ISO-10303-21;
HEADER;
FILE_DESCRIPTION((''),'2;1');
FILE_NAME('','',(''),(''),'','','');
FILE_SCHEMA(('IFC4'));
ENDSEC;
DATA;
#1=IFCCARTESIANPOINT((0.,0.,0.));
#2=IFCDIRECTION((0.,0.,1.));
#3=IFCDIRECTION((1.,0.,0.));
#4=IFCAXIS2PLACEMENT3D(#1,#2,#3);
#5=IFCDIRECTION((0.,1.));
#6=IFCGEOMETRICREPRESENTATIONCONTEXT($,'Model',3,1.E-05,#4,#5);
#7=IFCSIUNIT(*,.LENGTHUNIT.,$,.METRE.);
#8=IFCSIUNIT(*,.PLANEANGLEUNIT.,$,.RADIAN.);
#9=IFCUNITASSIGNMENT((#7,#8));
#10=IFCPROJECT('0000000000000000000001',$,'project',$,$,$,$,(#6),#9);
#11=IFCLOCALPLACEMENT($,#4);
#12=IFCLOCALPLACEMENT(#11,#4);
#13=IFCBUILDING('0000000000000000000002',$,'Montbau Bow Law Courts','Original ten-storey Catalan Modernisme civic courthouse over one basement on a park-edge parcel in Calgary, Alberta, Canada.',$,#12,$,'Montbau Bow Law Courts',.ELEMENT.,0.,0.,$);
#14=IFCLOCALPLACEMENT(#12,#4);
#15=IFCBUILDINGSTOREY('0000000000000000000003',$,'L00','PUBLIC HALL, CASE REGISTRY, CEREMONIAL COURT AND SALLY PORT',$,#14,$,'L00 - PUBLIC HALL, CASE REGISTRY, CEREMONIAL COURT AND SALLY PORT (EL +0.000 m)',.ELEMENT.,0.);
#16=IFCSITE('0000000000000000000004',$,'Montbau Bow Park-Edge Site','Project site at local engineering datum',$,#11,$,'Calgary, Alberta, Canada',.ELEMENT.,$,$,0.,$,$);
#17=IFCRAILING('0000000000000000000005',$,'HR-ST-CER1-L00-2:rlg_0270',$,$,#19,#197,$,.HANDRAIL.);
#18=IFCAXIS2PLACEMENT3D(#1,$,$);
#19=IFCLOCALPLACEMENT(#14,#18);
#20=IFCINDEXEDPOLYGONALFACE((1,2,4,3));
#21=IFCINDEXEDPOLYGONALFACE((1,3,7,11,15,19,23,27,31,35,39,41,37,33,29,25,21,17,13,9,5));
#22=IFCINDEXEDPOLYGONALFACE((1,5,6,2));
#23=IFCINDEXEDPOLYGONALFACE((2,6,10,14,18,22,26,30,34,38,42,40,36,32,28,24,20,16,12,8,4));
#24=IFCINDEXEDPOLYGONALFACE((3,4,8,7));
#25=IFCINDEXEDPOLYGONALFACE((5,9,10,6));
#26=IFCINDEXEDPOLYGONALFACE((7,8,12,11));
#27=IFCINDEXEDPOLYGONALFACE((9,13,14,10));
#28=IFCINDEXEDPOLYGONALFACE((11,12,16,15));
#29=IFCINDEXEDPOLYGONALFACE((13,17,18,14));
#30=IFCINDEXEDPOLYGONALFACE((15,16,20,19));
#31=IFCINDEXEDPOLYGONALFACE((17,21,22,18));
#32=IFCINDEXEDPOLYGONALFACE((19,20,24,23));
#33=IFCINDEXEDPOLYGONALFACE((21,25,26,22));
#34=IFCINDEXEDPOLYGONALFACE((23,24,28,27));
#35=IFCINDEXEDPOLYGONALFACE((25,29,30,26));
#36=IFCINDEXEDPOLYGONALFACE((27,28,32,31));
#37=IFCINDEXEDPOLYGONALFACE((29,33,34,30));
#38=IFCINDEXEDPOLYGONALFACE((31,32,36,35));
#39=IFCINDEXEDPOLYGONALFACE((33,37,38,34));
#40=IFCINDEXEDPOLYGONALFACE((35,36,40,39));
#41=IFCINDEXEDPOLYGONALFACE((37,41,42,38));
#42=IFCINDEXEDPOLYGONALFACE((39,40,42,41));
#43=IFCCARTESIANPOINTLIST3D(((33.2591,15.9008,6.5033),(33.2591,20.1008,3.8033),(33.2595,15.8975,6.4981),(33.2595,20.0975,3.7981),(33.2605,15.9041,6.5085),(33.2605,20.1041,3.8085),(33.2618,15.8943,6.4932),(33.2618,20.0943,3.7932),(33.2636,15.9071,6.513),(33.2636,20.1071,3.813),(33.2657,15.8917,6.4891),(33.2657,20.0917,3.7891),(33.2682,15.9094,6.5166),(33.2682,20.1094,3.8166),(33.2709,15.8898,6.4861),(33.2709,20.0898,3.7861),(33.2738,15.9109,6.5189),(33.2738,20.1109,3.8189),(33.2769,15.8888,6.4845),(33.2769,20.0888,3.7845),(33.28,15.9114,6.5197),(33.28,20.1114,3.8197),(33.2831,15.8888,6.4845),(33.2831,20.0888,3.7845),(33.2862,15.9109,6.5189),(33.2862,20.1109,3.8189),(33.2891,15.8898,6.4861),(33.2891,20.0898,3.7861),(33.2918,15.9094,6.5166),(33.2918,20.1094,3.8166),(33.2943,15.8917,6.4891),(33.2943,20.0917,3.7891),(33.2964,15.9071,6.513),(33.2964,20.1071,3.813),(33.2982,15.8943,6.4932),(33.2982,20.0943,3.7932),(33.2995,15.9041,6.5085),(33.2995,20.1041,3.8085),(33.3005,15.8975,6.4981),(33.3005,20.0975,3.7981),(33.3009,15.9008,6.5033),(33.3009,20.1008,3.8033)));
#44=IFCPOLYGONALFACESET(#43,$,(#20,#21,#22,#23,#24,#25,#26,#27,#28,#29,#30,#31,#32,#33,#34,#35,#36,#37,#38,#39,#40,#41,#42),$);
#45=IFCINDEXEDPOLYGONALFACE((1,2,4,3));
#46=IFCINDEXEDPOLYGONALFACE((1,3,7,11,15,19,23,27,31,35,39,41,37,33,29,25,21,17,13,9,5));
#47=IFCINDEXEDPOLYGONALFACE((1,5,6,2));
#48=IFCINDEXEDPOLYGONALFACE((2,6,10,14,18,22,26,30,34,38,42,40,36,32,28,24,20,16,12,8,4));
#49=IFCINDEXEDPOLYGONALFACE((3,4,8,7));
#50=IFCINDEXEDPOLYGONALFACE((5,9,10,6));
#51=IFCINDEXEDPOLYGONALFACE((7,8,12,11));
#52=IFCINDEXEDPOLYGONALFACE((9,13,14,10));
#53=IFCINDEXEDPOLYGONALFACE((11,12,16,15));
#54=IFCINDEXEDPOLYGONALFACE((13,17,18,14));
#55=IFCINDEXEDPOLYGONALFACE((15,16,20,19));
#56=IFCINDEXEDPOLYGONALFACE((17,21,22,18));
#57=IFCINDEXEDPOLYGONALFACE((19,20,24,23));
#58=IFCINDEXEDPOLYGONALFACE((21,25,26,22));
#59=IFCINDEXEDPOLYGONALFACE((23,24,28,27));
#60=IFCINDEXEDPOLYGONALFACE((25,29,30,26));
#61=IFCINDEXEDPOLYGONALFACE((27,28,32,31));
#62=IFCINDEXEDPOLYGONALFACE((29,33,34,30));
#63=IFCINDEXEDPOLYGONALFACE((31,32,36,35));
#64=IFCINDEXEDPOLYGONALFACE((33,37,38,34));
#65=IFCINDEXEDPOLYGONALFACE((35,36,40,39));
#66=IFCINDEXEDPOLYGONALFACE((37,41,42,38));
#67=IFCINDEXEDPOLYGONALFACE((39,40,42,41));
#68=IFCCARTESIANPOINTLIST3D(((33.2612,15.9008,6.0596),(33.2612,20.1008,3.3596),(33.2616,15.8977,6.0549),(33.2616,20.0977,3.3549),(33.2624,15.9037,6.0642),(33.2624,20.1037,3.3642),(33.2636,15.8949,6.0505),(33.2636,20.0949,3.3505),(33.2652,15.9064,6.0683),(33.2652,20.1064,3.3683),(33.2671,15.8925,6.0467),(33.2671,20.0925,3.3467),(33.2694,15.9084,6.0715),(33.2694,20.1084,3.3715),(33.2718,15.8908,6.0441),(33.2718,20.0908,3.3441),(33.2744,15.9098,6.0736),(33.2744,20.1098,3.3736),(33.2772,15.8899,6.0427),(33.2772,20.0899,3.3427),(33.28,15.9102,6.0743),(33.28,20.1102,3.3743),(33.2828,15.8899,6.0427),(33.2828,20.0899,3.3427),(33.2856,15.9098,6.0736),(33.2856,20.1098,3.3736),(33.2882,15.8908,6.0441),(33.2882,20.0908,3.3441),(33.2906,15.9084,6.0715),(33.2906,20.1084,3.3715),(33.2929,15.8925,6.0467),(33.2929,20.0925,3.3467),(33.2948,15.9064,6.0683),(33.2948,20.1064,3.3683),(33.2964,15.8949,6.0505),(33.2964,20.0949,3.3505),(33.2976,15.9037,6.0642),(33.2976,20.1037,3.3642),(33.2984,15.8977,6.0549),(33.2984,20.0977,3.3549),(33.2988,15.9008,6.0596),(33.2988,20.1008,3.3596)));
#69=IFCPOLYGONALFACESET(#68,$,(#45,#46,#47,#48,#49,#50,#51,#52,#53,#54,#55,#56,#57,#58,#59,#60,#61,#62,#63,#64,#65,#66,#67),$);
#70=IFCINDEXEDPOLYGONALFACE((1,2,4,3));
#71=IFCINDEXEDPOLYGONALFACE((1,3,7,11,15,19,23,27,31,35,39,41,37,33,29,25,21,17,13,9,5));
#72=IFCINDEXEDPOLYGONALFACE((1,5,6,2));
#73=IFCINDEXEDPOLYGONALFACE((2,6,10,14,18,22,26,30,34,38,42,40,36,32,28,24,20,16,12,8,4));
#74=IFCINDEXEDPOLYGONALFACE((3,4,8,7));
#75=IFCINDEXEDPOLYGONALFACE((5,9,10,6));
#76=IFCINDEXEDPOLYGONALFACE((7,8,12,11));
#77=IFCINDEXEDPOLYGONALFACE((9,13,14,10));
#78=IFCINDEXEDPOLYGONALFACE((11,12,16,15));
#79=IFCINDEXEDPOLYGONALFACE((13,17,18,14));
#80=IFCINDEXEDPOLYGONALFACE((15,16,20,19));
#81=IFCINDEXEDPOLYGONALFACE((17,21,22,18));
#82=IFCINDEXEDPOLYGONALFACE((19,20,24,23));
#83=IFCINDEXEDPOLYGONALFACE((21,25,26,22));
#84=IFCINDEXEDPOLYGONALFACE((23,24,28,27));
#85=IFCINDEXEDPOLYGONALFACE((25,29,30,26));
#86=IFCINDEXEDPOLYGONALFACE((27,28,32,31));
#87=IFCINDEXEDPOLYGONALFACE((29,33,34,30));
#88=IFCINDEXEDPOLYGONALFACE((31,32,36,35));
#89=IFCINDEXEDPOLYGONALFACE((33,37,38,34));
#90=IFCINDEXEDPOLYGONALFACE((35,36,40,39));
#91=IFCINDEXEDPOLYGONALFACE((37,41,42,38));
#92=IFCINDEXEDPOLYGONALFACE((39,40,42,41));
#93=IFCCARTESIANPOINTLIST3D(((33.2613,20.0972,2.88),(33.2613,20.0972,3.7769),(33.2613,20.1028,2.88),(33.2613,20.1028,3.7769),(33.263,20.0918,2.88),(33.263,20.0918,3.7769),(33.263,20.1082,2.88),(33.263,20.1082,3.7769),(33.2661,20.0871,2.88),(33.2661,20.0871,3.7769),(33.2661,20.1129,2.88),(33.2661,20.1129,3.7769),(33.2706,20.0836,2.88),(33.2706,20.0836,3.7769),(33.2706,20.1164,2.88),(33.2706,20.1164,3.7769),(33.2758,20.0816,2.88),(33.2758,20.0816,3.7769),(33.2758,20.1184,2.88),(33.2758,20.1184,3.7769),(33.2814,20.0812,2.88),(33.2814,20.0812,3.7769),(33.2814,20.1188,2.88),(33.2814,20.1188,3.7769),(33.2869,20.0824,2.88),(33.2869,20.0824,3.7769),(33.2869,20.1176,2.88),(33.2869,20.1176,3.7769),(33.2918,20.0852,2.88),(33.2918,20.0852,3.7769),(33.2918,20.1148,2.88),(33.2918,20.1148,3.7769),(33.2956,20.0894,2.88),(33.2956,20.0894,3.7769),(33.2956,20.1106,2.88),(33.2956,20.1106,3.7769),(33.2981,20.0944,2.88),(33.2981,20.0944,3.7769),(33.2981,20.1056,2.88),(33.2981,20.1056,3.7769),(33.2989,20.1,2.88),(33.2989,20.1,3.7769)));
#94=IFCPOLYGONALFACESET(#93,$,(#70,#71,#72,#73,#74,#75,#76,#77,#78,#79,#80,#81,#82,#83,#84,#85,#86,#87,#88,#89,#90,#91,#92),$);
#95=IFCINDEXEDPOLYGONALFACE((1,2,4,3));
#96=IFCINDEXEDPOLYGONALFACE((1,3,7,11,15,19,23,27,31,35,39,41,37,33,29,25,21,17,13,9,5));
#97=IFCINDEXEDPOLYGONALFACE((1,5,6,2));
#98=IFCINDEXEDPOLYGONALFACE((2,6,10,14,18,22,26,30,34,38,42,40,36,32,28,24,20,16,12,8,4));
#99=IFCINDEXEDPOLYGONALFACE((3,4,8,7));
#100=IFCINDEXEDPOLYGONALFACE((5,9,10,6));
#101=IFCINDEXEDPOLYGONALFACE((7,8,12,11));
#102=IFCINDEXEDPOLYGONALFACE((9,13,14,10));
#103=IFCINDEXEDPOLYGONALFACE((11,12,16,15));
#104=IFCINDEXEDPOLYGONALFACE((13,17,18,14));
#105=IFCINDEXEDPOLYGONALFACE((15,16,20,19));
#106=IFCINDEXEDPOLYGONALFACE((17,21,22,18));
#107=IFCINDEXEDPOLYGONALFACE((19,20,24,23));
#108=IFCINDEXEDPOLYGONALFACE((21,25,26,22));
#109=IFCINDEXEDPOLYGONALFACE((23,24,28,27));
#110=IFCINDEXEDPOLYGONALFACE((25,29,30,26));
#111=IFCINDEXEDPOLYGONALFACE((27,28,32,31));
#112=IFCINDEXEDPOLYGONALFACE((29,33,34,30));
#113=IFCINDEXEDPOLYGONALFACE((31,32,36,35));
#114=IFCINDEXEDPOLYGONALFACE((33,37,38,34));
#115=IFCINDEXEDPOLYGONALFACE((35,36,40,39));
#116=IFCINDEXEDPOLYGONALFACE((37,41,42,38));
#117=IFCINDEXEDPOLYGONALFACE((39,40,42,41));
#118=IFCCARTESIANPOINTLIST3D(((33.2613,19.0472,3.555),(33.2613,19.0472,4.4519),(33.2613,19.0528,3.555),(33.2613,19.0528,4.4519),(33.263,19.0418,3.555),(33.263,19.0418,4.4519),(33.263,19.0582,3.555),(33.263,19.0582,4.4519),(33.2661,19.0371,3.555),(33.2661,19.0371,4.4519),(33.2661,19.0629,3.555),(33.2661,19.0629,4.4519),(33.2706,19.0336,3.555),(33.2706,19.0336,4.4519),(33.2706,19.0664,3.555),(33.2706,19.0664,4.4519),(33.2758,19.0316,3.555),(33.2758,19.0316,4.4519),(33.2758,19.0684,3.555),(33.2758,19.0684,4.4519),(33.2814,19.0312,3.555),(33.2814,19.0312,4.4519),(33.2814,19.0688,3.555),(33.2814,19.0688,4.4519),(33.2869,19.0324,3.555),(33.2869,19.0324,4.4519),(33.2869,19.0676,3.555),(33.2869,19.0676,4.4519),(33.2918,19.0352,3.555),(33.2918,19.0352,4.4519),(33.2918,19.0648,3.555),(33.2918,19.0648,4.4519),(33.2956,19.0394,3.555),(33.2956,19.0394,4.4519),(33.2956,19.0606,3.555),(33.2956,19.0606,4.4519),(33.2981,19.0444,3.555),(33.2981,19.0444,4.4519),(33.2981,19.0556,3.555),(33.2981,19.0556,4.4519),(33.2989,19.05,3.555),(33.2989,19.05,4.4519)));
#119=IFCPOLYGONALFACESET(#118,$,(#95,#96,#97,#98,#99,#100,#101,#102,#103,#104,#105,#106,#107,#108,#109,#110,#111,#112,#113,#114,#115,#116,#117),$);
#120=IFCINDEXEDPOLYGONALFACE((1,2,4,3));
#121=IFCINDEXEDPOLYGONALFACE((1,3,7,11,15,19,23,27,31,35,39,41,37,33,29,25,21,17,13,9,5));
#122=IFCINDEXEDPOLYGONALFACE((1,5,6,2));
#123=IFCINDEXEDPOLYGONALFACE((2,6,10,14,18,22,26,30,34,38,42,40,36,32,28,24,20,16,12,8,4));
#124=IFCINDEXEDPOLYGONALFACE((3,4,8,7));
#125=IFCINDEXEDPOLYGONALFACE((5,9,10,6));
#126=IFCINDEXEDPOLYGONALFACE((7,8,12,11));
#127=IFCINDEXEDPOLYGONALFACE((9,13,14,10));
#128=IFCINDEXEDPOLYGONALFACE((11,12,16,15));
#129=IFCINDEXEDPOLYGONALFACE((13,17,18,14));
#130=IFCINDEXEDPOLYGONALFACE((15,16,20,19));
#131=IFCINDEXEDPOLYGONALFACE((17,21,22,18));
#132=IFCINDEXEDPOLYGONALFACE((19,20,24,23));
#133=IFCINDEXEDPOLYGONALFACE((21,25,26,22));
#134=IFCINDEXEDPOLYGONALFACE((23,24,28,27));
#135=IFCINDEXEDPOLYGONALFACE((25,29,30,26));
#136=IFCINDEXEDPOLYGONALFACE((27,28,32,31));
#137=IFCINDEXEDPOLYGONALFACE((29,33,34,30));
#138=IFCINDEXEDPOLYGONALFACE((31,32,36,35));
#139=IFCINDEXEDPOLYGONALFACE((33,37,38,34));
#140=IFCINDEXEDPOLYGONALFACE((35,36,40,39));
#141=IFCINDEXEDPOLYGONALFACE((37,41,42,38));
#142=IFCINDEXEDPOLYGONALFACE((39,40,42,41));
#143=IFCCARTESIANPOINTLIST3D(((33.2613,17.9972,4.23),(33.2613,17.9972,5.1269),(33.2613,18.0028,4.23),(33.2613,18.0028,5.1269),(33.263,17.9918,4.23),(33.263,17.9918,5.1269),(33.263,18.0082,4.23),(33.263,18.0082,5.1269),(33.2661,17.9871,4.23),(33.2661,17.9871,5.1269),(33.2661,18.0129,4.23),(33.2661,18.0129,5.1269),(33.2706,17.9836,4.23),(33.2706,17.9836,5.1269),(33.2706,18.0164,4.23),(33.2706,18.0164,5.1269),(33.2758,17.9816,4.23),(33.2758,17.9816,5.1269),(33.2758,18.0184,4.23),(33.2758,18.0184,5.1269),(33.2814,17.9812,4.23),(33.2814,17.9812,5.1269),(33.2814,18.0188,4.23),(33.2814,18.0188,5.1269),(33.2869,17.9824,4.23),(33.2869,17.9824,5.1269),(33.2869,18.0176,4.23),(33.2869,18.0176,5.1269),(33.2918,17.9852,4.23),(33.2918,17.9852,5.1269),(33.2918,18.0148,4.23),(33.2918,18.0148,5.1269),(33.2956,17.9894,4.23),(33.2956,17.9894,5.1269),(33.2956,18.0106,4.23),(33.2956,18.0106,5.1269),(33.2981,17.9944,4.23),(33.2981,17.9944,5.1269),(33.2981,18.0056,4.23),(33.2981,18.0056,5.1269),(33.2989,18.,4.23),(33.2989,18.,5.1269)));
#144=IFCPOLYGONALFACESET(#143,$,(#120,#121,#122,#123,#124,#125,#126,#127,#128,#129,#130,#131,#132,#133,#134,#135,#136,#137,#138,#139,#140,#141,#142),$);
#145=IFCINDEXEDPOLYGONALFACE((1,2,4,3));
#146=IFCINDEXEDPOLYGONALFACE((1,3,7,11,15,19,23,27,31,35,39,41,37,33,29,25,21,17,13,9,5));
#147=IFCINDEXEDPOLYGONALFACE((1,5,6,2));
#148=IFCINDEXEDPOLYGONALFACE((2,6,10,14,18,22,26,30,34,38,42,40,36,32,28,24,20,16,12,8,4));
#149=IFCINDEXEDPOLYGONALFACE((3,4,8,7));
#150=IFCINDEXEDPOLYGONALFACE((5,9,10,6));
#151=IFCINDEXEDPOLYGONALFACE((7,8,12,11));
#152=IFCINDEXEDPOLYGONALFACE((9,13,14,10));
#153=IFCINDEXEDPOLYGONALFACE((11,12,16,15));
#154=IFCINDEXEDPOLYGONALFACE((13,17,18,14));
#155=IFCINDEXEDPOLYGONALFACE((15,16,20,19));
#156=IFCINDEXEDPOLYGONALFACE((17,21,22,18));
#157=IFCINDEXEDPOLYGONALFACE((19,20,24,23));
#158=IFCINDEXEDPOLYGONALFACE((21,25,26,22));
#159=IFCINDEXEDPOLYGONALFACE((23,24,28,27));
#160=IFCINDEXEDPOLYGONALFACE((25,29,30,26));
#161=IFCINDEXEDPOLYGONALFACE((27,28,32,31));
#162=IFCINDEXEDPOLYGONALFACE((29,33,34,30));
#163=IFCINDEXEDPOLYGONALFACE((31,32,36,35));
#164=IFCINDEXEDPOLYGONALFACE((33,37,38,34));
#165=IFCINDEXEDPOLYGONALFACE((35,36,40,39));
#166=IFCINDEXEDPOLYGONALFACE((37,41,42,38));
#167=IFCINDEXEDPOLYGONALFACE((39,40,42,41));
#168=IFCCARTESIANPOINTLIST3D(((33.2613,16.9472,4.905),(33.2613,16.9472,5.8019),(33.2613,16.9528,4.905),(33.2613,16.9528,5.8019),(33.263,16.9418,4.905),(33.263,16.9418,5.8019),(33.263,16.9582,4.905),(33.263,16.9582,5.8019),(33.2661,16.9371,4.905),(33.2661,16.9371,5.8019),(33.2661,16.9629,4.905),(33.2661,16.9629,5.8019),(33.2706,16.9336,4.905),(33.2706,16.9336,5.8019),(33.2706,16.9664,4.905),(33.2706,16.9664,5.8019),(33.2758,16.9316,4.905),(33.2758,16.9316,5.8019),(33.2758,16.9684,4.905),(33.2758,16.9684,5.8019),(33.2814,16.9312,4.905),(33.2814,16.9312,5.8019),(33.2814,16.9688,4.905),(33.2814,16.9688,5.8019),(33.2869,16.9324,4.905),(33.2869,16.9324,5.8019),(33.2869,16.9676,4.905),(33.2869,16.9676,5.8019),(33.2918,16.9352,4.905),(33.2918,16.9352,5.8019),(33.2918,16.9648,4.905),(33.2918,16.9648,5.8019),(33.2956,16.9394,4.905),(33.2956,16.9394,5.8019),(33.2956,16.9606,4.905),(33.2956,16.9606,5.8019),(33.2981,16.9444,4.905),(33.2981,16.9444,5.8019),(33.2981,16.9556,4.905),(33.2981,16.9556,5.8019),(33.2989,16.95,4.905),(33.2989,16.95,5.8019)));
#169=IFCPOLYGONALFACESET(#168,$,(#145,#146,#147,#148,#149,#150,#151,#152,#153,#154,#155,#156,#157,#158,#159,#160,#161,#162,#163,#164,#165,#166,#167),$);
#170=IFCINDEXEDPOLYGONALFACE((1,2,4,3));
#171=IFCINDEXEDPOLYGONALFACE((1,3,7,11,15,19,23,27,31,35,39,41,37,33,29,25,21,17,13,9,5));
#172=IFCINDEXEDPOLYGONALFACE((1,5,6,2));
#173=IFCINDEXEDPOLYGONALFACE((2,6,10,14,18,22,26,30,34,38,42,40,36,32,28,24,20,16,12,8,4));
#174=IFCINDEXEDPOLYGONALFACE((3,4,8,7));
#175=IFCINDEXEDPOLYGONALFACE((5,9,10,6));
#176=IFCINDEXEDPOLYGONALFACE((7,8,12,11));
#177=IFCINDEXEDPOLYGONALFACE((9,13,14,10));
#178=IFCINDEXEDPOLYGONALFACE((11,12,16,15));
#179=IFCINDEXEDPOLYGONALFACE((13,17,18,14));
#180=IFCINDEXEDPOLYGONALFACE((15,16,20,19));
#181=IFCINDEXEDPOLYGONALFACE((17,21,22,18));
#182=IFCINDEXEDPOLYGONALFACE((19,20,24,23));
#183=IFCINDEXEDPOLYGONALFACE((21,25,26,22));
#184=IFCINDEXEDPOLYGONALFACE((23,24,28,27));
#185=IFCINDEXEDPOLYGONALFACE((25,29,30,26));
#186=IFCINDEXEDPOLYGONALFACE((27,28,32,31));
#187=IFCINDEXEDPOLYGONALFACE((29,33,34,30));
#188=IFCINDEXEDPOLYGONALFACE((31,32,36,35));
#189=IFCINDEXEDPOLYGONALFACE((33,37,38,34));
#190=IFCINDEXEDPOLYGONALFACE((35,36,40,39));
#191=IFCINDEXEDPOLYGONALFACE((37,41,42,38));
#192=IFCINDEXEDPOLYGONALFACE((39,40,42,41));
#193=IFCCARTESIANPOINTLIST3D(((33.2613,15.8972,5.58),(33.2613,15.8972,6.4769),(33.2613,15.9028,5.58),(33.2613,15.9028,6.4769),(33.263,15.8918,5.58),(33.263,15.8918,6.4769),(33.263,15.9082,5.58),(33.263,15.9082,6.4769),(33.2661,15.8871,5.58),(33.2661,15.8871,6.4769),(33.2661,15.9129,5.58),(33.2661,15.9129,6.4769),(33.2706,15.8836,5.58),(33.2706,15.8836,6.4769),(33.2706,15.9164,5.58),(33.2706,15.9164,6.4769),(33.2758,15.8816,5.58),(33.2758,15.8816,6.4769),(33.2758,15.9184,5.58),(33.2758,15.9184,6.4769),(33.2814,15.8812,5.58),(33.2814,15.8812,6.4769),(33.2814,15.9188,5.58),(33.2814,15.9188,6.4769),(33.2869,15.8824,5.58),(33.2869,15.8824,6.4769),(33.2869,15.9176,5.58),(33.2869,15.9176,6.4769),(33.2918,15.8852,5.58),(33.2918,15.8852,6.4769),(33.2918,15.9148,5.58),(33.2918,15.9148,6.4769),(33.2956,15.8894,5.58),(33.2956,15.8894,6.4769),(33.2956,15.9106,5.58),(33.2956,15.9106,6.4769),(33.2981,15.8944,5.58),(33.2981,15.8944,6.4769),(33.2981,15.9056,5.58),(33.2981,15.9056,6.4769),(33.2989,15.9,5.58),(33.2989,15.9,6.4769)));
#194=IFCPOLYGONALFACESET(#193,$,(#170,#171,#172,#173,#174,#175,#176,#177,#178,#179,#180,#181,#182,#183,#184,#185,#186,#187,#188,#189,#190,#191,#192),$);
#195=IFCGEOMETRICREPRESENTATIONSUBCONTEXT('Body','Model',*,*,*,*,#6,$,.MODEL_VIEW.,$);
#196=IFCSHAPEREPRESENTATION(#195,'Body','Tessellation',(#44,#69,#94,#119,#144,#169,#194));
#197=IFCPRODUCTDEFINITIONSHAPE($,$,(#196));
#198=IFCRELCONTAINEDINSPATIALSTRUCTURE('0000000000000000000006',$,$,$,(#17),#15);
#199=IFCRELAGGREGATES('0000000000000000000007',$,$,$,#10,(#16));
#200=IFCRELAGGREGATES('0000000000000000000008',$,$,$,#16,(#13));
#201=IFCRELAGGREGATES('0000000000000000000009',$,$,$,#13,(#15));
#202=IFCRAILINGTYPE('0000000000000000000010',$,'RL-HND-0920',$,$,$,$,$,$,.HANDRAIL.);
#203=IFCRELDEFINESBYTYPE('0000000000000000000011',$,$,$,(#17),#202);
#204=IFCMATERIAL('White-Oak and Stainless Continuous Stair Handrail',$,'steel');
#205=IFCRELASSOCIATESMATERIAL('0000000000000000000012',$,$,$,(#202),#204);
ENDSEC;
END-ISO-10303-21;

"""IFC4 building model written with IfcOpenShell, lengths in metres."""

from ifc_helpers import new_model, si_unit, direction, frame, origin_with_axes, origin_2d_with_axis, place, context, subcontext, project, spatial, circle, extrude, material, type_object, element, save


model = new_model("IFC4")

# Units and contexts
model_context = context("Model", 3, precision=1e-05, world=origin_with_axes(), true_north=direction((0.0, 1.0)))
body_context = subcontext(model_context, "Body", "Model", "MODEL_VIEW")
ifc_project = project(units=[si_unit("LENGTHUNIT", "METRE"), si_unit("PLANEANGLEUNIT", "RADIAN")], contexts=[model_context])

# Site, building, storey
site_placement = place(None, origin_with_axes())
site = spatial("IfcSite", under=ifc_project, at=site_placement, Name="Montbau Bow Park-Edge Site", Description="Project site at local engineering datum", LongName="Calgary, Alberta, Canada", CompositionType="ELEMENT", RefElevation=0.0)
building_placement = place(site_placement, origin_with_axes())
building = spatial("IfcBuilding", under=site, at=building_placement, Name="Montbau Bow Law Courts", Description="Original ten-storey Catalan Modernisme civic courthouse over one basement on a park-edge parcel in Calgary, Alberta, Canada.", LongName="Montbau Bow Law Courts", CompositionType="ELEMENT", ElevationOfRefHeight=0.0, ElevationOfTerrain=0.0)
storey_placement = place(building_placement, origin_with_axes())
storey = spatial("IfcBuildingStorey", under=building, at=storey_placement, Name="L00", Description="PUBLIC HALL, CASE REGISTRY, CEREMONIAL COURT AND SALLY PORT", LongName="L00 - PUBLIC HALL, CASE REGISTRY, CEREMONIAL COURT AND SALLY PORT (EL +0.000 m)", CompositionType="ELEMENT", Elevation=0.0)

# Railing
ifc_material_1 = material(Name="White-Oak and Stainless Continuous Stair Handrail", Category="steel")
railing_type_1 = type_object("IfcRailingType", Name="RL-HND-0920", PredefinedType="HANDRAIL", material=ifc_material_1)
railing_1_placement = place(None, origin_with_axes())
element("IfcRailing", 1, at=railing_1_placement, inside=storey, type_object=railing_type_1, Name="HR-ST-CER1-L00-2:rlg_0270", PredefinedType="HANDRAIL", context=body_context, shape_type="SweptSolid", body=[
    extrude(circle(Radius=0.021, at=origin_2d_with_axis()), frame((33.28, 20.1, 3.802), z_axis=(0.0, -0.841178, 0.540758), x_axis=(0.0, 0.540758, 0.841178)), (0.0, 0.0, 1.0), 4.993),
    extrude(circle(Radius=0.0189, at=origin_2d_with_axis()), frame((33.28, 20.1, 3.3584), z_axis=(0.0, -0.841178, 0.540758), x_axis=(0.0, 0.540758, 0.841178)), (0.0, 0.0, 1.0), 4.993),
    extrude(circle(Radius=0.0189, at=origin_2d_with_axis()), frame((33.28, 20.1, 2.88), z_axis=(0.0, 0.0, 1.0), x_axis=(1.0, 0.0, 0.0)), (0.0, 0.0, 1.0), 0.8969),
    extrude(circle(Radius=0.0189, at=origin_2d_with_axis()), frame((33.28, 19.05, 3.555), z_axis=(0.0, 0.0, 1.0), x_axis=(1.0, 0.0, 0.0)), (0.0, 0.0, 1.0), 0.8969),
    extrude(circle(Radius=0.0189, at=origin_2d_with_axis()), frame((33.28, 18.0, 4.23), z_axis=(0.0, 0.0, 1.0), x_axis=(1.0, 0.0, 0.0)), (0.0, 0.0, 1.0), 0.8969),
    extrude(circle(Radius=0.0189, at=origin_2d_with_axis()), frame((33.28, 16.95, 4.905), z_axis=(0.0, 0.0, 1.0), x_axis=(1.0, 0.0, 0.0)), (0.0, 0.0, 1.0), 0.8969),
    extrude(circle(Radius=0.0189, at=origin_2d_with_axis()), frame((33.28, 15.9, 5.58), z_axis=(0.0, 0.0, 1.0), x_axis=(1.0, 0.0, 0.0)), (0.0, 0.0, 1.0), 0.8969),
])

save(model, "model.ifc")
